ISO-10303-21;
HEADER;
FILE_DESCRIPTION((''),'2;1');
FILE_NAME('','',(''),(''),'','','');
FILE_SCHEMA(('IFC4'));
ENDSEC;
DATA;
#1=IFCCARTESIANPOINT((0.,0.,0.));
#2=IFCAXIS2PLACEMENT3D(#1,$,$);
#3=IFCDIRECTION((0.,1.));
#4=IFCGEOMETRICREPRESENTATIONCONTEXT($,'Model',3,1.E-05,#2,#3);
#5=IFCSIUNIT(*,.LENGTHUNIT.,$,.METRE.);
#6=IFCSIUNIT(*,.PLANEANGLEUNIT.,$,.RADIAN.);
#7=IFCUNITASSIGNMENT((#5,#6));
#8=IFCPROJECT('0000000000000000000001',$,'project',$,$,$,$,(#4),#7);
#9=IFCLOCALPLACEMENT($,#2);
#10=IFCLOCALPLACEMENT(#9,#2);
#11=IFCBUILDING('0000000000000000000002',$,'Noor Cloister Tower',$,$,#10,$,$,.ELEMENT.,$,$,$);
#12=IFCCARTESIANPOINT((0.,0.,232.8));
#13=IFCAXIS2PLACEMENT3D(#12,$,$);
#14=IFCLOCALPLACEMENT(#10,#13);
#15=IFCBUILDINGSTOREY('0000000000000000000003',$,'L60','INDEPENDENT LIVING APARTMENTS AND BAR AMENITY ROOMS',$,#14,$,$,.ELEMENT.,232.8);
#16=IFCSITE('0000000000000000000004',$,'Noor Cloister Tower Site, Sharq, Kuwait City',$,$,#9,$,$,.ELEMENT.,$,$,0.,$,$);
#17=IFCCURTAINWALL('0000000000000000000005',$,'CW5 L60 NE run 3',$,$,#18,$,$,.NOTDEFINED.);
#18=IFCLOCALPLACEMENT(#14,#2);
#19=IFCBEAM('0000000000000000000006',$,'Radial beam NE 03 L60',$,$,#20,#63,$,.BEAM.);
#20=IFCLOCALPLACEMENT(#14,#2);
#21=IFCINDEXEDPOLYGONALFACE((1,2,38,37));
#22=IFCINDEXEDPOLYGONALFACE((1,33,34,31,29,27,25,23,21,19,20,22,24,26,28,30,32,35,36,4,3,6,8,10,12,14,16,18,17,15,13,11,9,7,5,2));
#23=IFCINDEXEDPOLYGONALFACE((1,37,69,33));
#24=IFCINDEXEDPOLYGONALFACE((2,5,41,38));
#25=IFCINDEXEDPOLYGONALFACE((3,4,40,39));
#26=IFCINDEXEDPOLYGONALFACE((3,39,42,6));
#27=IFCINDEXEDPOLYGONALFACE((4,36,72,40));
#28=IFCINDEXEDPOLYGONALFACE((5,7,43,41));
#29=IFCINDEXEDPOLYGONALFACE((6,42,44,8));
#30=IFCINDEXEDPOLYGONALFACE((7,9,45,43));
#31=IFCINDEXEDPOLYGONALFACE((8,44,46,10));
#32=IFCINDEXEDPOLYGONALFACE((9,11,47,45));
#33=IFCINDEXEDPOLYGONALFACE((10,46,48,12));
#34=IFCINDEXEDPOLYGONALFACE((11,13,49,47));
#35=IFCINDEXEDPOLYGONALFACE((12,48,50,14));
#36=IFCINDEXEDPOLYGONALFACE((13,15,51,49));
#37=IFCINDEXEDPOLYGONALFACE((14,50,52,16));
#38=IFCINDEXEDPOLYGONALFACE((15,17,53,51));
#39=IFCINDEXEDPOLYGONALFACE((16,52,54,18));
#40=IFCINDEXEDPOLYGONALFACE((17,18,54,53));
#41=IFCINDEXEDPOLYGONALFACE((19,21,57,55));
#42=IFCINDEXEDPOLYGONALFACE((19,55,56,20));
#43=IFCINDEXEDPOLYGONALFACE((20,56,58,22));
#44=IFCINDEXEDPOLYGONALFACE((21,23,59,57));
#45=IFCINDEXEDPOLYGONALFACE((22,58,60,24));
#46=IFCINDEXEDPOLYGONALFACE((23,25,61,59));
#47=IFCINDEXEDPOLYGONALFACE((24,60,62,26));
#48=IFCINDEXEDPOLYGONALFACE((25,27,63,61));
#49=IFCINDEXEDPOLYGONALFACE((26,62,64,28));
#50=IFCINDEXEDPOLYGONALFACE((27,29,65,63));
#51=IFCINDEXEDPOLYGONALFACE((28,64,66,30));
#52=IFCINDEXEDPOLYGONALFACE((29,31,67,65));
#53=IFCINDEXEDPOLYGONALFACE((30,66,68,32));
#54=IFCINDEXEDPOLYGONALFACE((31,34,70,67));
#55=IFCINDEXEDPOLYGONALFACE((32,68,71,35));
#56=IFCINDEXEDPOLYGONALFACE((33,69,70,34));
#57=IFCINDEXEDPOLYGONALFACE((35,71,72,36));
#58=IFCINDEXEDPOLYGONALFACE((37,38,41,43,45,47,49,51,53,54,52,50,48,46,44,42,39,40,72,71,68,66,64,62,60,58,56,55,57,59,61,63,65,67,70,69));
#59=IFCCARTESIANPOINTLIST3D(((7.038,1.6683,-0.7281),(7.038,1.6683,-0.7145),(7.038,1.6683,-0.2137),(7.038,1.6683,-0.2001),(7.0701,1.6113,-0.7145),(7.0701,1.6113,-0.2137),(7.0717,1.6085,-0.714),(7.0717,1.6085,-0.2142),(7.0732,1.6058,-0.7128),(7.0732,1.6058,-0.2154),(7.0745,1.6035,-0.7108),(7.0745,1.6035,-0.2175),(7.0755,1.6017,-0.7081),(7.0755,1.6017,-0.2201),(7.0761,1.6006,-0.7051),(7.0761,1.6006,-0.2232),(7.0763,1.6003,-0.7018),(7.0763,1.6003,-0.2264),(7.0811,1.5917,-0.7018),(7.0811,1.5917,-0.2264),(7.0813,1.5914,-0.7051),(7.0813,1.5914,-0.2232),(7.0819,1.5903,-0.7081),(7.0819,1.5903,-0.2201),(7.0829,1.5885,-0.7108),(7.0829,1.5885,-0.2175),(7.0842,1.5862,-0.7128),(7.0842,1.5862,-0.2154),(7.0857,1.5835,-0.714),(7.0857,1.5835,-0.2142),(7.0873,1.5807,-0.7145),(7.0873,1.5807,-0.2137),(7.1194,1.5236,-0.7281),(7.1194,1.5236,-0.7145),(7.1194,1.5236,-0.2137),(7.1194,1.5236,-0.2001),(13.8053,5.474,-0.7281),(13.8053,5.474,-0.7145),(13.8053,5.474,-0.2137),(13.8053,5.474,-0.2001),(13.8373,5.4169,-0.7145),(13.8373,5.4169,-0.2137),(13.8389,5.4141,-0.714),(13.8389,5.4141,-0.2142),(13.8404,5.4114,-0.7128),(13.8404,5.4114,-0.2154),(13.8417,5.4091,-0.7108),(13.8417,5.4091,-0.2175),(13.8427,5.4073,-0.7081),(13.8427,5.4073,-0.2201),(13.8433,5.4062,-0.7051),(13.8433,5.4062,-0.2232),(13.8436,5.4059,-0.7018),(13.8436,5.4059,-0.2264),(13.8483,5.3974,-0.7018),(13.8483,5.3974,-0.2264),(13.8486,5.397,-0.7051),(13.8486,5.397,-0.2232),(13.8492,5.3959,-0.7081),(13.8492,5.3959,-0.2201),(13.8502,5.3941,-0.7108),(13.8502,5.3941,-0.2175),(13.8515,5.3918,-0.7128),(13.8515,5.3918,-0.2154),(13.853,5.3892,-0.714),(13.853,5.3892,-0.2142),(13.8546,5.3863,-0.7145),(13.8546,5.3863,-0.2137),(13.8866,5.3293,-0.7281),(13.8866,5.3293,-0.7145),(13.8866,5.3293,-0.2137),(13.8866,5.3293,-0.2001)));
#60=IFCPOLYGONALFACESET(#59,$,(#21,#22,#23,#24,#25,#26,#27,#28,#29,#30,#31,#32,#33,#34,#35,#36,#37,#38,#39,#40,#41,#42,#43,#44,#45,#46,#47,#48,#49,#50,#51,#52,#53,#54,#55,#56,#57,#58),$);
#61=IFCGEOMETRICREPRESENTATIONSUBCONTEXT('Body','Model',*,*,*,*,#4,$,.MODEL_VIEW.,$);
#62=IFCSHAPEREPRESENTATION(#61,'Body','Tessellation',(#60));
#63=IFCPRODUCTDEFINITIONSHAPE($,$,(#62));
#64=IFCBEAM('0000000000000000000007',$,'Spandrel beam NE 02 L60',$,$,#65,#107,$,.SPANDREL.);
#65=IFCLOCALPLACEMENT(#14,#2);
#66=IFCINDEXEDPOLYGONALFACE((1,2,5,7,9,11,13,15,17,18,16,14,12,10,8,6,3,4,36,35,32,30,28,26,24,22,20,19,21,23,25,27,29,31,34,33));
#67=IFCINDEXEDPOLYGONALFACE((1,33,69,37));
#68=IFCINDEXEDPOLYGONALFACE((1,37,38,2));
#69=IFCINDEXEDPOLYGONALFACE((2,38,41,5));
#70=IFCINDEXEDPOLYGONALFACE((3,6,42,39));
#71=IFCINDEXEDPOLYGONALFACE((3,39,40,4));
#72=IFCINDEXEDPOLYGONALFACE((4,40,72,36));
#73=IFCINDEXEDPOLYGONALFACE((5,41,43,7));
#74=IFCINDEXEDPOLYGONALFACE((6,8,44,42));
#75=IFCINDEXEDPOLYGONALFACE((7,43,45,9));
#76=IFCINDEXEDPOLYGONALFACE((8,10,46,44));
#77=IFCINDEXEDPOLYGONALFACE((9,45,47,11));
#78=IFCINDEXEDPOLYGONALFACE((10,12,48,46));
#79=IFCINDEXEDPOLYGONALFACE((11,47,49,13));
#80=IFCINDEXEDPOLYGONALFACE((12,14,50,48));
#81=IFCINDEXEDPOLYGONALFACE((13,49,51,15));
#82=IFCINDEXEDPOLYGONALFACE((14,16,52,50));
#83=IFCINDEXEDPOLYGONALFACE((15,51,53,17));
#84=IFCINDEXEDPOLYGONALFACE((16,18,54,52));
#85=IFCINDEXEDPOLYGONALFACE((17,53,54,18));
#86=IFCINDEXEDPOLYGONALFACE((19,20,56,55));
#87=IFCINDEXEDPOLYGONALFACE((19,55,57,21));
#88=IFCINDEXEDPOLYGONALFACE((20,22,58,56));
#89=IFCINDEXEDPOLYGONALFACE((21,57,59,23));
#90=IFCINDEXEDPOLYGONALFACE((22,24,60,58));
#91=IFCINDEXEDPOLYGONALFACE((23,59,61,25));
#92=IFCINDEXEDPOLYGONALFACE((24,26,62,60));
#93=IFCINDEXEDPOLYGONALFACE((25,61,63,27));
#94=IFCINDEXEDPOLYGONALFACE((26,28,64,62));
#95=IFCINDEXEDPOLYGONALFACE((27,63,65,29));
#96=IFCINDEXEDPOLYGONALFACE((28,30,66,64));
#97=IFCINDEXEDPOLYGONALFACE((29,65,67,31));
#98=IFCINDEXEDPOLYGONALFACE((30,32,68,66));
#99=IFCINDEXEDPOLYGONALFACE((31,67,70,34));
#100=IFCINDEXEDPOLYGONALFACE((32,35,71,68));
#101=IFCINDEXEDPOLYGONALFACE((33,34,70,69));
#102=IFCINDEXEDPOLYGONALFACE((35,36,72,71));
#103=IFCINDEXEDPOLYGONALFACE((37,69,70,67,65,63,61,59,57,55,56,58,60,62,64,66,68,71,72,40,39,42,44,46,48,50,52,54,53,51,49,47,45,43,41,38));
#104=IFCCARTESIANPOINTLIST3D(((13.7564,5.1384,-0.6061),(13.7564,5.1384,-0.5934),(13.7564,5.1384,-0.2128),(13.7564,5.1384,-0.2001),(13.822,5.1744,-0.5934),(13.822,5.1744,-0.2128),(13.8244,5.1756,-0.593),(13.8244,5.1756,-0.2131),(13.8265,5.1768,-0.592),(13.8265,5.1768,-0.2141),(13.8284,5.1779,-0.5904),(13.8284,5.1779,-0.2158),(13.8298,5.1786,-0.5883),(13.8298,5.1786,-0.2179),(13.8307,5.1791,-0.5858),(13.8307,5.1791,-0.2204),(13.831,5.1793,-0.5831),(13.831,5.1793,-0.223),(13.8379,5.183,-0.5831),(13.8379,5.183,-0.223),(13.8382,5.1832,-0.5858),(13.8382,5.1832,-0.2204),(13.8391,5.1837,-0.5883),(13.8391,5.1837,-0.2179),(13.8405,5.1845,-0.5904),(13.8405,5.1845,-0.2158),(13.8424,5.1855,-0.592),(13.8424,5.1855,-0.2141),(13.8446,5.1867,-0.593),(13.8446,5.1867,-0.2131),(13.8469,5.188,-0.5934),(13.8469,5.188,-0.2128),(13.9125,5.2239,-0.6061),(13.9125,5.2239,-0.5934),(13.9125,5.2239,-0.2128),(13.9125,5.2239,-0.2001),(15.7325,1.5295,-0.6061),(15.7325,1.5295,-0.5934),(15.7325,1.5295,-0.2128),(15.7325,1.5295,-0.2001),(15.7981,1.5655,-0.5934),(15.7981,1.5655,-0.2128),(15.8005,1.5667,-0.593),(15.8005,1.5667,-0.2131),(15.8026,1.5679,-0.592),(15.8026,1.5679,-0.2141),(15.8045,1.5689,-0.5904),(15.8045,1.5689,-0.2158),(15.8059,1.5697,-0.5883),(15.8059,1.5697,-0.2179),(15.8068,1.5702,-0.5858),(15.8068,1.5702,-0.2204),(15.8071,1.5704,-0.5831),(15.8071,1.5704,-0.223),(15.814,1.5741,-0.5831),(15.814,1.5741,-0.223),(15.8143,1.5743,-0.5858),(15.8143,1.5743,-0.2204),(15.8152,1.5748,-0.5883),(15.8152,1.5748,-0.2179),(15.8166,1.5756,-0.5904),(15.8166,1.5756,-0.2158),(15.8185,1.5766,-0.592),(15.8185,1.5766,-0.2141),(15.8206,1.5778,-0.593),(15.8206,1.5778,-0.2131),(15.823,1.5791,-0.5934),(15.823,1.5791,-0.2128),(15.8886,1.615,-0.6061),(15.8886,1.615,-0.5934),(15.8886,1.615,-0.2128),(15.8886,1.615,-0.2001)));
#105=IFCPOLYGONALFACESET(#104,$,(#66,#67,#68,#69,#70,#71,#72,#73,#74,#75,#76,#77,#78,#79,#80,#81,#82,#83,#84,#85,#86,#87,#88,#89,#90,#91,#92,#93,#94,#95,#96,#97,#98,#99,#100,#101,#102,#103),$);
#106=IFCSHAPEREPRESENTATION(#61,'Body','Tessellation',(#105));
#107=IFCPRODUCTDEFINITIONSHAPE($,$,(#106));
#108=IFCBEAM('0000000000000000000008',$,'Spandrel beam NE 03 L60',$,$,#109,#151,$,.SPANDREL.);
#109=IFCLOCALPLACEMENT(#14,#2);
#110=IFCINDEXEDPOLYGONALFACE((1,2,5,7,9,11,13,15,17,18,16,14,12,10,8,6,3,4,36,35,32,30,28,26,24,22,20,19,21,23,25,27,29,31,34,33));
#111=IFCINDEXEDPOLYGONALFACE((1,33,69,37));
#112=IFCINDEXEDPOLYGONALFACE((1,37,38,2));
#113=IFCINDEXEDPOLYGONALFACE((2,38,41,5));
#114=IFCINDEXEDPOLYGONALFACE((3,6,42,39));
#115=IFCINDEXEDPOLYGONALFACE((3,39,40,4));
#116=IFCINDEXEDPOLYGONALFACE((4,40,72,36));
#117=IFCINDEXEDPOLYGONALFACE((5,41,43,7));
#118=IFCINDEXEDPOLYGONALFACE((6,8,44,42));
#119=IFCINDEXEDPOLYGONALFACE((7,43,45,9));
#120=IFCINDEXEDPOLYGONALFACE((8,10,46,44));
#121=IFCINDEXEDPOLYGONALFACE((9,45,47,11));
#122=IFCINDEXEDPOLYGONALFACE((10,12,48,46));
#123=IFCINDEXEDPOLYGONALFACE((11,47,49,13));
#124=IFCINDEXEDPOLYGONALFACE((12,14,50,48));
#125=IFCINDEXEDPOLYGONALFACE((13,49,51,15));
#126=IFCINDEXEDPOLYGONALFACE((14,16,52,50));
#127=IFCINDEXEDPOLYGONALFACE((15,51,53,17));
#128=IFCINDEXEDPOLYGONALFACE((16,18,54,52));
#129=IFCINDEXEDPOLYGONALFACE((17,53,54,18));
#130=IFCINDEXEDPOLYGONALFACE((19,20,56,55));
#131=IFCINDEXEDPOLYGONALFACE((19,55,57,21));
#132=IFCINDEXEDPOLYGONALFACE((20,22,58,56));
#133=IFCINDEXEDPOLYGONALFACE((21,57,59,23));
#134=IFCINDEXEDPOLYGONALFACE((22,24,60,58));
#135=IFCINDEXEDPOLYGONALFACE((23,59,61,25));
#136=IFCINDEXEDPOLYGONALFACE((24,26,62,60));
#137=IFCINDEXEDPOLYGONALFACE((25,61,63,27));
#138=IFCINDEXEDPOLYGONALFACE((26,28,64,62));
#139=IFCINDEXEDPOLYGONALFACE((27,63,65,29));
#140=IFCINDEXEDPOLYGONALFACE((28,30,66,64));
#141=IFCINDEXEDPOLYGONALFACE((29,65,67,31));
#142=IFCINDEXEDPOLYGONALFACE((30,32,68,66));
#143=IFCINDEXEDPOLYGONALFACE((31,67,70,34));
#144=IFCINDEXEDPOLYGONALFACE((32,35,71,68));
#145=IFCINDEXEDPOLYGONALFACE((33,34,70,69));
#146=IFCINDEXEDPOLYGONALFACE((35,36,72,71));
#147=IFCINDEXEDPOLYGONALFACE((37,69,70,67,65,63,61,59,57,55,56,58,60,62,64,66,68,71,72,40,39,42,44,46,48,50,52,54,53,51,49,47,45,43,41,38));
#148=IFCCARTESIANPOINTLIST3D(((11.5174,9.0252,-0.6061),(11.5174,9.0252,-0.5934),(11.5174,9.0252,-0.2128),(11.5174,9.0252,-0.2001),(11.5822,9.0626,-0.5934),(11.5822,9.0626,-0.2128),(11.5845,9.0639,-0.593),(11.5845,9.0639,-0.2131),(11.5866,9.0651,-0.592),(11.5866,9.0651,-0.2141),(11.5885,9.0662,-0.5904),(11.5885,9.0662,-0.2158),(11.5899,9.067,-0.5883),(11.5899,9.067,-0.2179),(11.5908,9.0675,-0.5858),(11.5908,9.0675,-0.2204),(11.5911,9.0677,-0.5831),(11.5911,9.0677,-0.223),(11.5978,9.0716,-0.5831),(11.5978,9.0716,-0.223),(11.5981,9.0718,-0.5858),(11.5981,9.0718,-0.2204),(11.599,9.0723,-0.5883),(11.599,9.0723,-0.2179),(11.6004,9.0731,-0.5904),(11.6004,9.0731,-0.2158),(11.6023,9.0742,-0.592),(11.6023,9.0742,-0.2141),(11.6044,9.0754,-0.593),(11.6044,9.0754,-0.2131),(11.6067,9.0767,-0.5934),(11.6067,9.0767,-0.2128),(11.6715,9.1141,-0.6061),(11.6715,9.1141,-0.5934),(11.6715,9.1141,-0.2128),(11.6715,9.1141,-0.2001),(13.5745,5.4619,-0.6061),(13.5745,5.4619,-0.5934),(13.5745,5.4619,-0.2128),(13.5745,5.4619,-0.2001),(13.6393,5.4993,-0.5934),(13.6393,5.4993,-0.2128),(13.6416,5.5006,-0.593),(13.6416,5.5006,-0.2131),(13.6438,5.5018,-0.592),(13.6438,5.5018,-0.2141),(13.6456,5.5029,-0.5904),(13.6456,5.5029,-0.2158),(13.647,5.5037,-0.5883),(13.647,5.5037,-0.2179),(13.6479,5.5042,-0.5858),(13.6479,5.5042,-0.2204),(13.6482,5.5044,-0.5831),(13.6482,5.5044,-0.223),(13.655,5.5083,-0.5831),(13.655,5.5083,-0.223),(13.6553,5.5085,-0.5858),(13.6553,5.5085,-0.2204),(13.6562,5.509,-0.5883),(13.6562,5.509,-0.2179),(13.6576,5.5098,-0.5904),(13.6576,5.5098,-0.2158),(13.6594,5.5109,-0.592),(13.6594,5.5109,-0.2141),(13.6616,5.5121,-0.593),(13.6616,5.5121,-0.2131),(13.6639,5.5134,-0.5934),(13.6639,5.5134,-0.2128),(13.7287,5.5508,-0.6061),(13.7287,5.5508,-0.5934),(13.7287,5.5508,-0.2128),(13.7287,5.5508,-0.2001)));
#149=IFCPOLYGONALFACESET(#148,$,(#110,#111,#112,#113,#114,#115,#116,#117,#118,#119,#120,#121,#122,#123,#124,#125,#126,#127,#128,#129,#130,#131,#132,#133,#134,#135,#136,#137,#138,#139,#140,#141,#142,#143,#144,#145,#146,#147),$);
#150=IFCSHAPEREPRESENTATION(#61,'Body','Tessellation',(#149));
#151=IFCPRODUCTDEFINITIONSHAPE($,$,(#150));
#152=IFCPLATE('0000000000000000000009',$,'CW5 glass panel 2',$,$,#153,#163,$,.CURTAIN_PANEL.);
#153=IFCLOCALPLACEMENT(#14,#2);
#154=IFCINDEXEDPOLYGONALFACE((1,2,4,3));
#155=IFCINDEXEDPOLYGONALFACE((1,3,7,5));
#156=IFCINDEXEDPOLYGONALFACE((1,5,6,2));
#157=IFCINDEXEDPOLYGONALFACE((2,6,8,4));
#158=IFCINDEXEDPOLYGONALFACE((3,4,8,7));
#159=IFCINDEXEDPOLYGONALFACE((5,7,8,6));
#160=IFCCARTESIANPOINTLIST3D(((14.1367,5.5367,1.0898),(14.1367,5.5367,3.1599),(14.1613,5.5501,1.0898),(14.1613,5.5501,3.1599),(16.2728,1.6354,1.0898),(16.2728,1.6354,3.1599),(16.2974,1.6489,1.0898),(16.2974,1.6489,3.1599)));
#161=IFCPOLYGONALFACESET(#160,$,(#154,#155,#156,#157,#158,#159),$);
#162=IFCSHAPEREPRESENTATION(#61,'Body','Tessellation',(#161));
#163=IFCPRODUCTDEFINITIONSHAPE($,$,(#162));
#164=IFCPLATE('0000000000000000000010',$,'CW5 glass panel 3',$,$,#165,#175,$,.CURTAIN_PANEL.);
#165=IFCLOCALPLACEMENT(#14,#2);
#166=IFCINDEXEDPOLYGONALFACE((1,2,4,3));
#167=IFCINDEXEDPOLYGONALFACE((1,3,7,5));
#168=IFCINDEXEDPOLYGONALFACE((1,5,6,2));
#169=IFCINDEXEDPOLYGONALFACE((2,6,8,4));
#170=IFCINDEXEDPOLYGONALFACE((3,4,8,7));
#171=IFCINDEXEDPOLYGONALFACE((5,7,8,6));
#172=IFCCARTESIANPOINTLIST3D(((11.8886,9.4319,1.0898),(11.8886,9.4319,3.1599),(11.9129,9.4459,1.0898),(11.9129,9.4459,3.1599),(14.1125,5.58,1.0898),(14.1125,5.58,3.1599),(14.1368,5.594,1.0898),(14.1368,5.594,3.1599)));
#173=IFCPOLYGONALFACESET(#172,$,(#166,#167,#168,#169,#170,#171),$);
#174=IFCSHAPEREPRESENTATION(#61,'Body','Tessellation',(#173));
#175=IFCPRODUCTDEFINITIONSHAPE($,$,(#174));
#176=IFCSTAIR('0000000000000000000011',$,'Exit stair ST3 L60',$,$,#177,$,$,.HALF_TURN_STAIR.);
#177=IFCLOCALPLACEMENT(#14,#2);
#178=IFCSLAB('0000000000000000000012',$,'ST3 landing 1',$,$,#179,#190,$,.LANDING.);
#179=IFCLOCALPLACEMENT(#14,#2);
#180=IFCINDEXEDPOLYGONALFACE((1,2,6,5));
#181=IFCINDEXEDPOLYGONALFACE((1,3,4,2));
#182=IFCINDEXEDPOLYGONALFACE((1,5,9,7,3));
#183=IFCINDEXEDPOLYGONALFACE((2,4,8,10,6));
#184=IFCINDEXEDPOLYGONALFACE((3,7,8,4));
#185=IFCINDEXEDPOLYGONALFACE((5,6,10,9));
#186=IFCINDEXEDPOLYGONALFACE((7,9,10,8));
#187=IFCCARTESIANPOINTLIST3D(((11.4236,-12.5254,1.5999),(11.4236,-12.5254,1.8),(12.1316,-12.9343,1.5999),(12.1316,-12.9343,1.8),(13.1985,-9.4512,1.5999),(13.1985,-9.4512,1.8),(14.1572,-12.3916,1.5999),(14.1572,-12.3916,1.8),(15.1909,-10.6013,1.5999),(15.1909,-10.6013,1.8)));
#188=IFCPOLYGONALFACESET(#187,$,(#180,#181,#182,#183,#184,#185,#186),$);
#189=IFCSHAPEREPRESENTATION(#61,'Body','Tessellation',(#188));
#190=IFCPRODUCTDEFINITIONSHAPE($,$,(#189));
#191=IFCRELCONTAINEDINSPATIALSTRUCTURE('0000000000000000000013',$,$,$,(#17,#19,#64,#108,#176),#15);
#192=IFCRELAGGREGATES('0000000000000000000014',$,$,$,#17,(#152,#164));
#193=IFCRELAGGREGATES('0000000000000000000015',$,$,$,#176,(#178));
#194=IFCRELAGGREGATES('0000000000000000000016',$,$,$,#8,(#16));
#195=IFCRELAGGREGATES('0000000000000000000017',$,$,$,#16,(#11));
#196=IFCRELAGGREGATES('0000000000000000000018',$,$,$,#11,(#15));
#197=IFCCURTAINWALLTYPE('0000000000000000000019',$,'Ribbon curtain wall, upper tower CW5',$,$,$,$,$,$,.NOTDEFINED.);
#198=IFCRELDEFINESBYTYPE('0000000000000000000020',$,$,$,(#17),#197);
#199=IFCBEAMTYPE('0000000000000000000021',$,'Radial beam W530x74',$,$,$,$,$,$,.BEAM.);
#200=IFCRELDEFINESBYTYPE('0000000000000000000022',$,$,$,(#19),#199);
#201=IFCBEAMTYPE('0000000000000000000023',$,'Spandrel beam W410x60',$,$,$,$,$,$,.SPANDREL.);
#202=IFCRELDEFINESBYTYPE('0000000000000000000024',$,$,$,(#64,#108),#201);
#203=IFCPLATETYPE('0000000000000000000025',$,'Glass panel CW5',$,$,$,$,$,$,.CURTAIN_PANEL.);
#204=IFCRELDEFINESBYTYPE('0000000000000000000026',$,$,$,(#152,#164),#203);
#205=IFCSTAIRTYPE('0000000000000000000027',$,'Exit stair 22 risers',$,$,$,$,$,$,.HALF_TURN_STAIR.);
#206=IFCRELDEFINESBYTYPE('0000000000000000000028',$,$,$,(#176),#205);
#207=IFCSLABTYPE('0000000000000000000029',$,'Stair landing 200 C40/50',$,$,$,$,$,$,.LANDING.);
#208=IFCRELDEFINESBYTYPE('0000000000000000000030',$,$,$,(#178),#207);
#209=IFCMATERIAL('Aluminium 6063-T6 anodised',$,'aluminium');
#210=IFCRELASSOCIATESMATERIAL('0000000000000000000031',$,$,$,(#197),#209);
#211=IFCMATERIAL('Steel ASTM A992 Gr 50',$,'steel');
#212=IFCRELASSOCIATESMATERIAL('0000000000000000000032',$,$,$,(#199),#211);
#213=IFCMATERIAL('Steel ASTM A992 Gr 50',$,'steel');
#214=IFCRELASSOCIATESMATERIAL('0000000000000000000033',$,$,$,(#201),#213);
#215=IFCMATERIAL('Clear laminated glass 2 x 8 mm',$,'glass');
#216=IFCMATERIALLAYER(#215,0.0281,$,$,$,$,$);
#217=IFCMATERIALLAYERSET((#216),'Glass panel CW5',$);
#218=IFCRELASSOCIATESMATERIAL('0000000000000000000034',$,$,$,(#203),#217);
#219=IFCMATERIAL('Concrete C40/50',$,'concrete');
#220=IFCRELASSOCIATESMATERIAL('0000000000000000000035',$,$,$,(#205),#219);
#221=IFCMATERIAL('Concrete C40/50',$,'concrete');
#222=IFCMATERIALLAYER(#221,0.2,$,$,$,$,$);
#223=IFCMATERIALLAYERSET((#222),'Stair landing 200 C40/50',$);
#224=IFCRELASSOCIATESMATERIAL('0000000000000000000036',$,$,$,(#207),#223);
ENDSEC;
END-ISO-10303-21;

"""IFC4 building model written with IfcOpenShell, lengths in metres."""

from ifc_helpers import new_model, si_unit, direction, frame, origin, origin_2d, place, context, subcontext, project, spatial, polyline, rectangle, i_section, outline, extrude, material, layer, layer_set, material_profile, profile_set, type_object, element, aggregate, save


model = new_model("IFC4")

# Units and contexts
model_context = context("Model", 3, precision=1e-05, world=origin(), true_north=direction((0.0, 1.0)))
body_context = subcontext(model_context, "Body", "Model", "MODEL_VIEW")
ifc_project = project(units=[si_unit("LENGTHUNIT", "METRE"), si_unit("PLANEANGLEUNIT", "RADIAN")], contexts=[model_context])

# Site, building, storey
site_placement = place(None, origin())
site = spatial("IfcSite", under=ifc_project, at=site_placement, Name="Noor Cloister Tower Site, Sharq, Kuwait City", CompositionType="ELEMENT", RefElevation=0.0)
building_placement = place(site_placement, origin())
building = spatial("IfcBuilding", under=site, at=building_placement, Name="Noor Cloister Tower", CompositionType="ELEMENT")
storey_placement = place(building_placement, frame((0.0, 0.0, 232.8)))
storey = spatial("IfcBuildingStorey", under=building, at=storey_placement, Name="L60", Description="INDEPENDENT LIVING APARTMENTS AND BAR AMENITY ROOMS", CompositionType="ELEMENT", Elevation=232.8)

# Curtain wall
ifc_material_1 = material(Name="Aluminium 6063-T6 anodised", Category="aluminium")
curtain_wall_type = type_object("IfcCurtainWallType", Name="Ribbon curtain wall, upper tower CW5", PredefinedType="NOTDEFINED", material=ifc_material_1)
curtain_wall_placement = place(storey_placement, origin())
curtain_wall = element("IfcCurtainWall", 1, at=curtain_wall_placement, inside=storey, type_object=curtain_wall_type, Name="CW5 L60 NE run 3", PredefinedType="NOTDEFINED")

# Beams
ifc_material_2 = material(Name="Steel ASTM A992 Gr 50", Category="steel")
ifc_material_profile_1 = material_profile(ifc_material_2, i_section(OverallWidth=0.166, OverallDepth=0.5281, WebThickness=0.0098, FlangeThickness=0.0137, FilletRadius=0.0127, at=origin_2d()), Name="W530x74")
ifc_profile_set_1 = profile_set([ifc_material_profile_1], Name="Steel ASTM A992 Gr 50")
beam_type_1 = type_object("IfcBeamType", Name="Radial beam W530x74", PredefinedType="BEAM", material=ifc_profile_set_1)
beam_1_placement = place(storey_placement, frame((13.8459, 5.4016, -0.4641), z_axis=(-0.871628, -0.490167, 0.0), x_axis=(0.490167, -0.871628, 0.0)))
element("IfcBeam", 2, at=beam_1_placement, inside=storey, type_object=beam_type_1, Name="Radial beam NE 03 L60", PredefinedType="BEAM", context=body_context, shape_type="SweptSolid", body=[
    extrude(i_section(OverallWidth=0.166, OverallDepth=0.5281, WebThickness=0.0098, FlangeThickness=0.0137, FilletRadius=0.0127, at=origin_2d()), origin(), (0.0, 0.0, 1.0), 7.7639),
])
ifc_material_3 = material(Name="Steel ASTM A992 Gr 50", Category="steel")
ifc_material_profile_2 = material_profile(ifc_material_3, i_section(OverallWidth=0.178, OverallDepth=0.406, WebThickness=0.0078, FlangeThickness=0.0127, FilletRadius=0.0103, at=origin_2d()), Name="W410x60")
ifc_profile_set_2 = profile_set([ifc_material_profile_2], Name="Steel ASTM A992 Gr 50")
beam_type_2 = type_object("IfcBeamType", Name="Spandrel beam W410x60", PredefinedType="SPANDREL", material=ifc_profile_set_2)
for number, where, z_axis, x_axis, name in (
    (3, (15.8105, 1.5723, -0.4031), (-0.480273, 0.877119, 0.0), (-0.877119, -0.480273, 0.0), "Spandrel beam NE 02 L60"),
    (4, (13.6516, 5.5063, -0.4031), (-0.499981, 0.866036, 0.0), (-0.866036, -0.499981, 0.0), "Spandrel beam NE 03 L60"),
):
    element("IfcBeam", number, at=place(storey_placement, frame(where, z_axis=z_axis, x_axis=x_axis)), inside=storey, type_object=beam_type_2, Name=name, PredefinedType="SPANDREL", context=body_context, shape_type="SweptSolid", body=[
        extrude(i_section(OverallWidth=0.178, OverallDepth=0.406, WebThickness=0.0078, FlangeThickness=0.0127, FilletRadius=0.0103, at=origin_2d()), origin(), (0.0, 0.0, 1.0), 4.1145),
    ])

# Plates
ifc_material_4 = material(Name="Clear laminated glass 2 x 8 mm", Category="glass")
ifc_layer_1 = layer(ifc_material_4, 0.0281)
ifc_layer_set_1 = layer_set([ifc_layer_1], Name="Glass panel CW5")
plate_type = type_object("IfcPlateType", Name="Glass panel CW5", PredefinedType="CURTAIN_PANEL", material=ifc_layer_set_1)
plate_1_placement = place(storey_placement, frame((15.217, 3.5928, 1.0898), z_axis=(0.0, 0.0, 1.0), x_axis=(-0.480257, 0.877128, 0.0)))
plate_1 = element("IfcPlate", 5, at=plate_1_placement, type_object=plate_type, Name="CW5 glass panel 2", PredefinedType="CURTAIN_PANEL", context=body_context, shape_type="SweptSolid", body=[
    extrude(rectangle(XDim=4.4478, YDim=0.0281, at=origin_2d()), origin(), (0.0, 0.0, 1.0), 2.0701),
])
plate_2_placement = place(storey_placement, frame((13.0127, 7.5129, 1.0898), z_axis=(0.0, 0.0, 1.0), x_axis=(-0.5, 0.866025, 0.0)))
plate_2 = element("IfcPlate", 6, at=plate_2_placement, type_object=plate_type, Name="CW5 glass panel 3", PredefinedType="CURTAIN_PANEL", context=body_context, shape_type="SweptSolid", body=[
    extrude(rectangle(XDim=4.4478, YDim=0.0281, at=origin_2d()), origin(), (0.0, 0.0, 1.0), 2.0701),
])
aggregate(curtain_wall, [plate_1, plate_2])

# Stair, slab
ifc_material_5 = material(Name="Concrete C40/50", Category="concrete")
stair_type = type_object("IfcStairType", Name="Exit stair 22 risers", PredefinedType="HALF_TURN_STAIR", material=ifc_material_5)
stair_placement = place(storey_placement, origin())
stair = element("IfcStair", 7, at=stair_placement, inside=storey, type_object=stair_type, Name="Exit stair ST3 L60", PredefinedType="HALF_TURN_STAIR")
ifc_material_6 = material(Name="Concrete C40/50", Category="concrete")
ifc_layer_2 = layer(ifc_material_6, 0.2)
ifc_layer_set_2 = layer_set([ifc_layer_2], Name="Stair landing 200 C40/50")
slab_type = type_object("IfcSlabType", Name="Stair landing 200 C40/50", PredefinedType="LANDING", material=ifc_layer_set_2)
slab_placement = place(storey_placement, frame((0.0, 0.0, 1.5999)))
slab = element("IfcSlab", 8, at=slab_placement, type_object=slab_type, Name="ST3 landing 1", PredefinedType="LANDING", context=body_context, shape_type="SweptSolid", body=[
    extrude(outline(polyline([(11.4236, -12.5254), (12.1316, -12.9343), (14.1572, -12.3916), (15.1909, -10.6013), (13.1985, -9.4512), (11.4236, -12.5254)])), origin(), (0.0, 0.0, 1.0), 0.2002),
])
aggregate(stair, [slab])

save(model, "model.ifc")
